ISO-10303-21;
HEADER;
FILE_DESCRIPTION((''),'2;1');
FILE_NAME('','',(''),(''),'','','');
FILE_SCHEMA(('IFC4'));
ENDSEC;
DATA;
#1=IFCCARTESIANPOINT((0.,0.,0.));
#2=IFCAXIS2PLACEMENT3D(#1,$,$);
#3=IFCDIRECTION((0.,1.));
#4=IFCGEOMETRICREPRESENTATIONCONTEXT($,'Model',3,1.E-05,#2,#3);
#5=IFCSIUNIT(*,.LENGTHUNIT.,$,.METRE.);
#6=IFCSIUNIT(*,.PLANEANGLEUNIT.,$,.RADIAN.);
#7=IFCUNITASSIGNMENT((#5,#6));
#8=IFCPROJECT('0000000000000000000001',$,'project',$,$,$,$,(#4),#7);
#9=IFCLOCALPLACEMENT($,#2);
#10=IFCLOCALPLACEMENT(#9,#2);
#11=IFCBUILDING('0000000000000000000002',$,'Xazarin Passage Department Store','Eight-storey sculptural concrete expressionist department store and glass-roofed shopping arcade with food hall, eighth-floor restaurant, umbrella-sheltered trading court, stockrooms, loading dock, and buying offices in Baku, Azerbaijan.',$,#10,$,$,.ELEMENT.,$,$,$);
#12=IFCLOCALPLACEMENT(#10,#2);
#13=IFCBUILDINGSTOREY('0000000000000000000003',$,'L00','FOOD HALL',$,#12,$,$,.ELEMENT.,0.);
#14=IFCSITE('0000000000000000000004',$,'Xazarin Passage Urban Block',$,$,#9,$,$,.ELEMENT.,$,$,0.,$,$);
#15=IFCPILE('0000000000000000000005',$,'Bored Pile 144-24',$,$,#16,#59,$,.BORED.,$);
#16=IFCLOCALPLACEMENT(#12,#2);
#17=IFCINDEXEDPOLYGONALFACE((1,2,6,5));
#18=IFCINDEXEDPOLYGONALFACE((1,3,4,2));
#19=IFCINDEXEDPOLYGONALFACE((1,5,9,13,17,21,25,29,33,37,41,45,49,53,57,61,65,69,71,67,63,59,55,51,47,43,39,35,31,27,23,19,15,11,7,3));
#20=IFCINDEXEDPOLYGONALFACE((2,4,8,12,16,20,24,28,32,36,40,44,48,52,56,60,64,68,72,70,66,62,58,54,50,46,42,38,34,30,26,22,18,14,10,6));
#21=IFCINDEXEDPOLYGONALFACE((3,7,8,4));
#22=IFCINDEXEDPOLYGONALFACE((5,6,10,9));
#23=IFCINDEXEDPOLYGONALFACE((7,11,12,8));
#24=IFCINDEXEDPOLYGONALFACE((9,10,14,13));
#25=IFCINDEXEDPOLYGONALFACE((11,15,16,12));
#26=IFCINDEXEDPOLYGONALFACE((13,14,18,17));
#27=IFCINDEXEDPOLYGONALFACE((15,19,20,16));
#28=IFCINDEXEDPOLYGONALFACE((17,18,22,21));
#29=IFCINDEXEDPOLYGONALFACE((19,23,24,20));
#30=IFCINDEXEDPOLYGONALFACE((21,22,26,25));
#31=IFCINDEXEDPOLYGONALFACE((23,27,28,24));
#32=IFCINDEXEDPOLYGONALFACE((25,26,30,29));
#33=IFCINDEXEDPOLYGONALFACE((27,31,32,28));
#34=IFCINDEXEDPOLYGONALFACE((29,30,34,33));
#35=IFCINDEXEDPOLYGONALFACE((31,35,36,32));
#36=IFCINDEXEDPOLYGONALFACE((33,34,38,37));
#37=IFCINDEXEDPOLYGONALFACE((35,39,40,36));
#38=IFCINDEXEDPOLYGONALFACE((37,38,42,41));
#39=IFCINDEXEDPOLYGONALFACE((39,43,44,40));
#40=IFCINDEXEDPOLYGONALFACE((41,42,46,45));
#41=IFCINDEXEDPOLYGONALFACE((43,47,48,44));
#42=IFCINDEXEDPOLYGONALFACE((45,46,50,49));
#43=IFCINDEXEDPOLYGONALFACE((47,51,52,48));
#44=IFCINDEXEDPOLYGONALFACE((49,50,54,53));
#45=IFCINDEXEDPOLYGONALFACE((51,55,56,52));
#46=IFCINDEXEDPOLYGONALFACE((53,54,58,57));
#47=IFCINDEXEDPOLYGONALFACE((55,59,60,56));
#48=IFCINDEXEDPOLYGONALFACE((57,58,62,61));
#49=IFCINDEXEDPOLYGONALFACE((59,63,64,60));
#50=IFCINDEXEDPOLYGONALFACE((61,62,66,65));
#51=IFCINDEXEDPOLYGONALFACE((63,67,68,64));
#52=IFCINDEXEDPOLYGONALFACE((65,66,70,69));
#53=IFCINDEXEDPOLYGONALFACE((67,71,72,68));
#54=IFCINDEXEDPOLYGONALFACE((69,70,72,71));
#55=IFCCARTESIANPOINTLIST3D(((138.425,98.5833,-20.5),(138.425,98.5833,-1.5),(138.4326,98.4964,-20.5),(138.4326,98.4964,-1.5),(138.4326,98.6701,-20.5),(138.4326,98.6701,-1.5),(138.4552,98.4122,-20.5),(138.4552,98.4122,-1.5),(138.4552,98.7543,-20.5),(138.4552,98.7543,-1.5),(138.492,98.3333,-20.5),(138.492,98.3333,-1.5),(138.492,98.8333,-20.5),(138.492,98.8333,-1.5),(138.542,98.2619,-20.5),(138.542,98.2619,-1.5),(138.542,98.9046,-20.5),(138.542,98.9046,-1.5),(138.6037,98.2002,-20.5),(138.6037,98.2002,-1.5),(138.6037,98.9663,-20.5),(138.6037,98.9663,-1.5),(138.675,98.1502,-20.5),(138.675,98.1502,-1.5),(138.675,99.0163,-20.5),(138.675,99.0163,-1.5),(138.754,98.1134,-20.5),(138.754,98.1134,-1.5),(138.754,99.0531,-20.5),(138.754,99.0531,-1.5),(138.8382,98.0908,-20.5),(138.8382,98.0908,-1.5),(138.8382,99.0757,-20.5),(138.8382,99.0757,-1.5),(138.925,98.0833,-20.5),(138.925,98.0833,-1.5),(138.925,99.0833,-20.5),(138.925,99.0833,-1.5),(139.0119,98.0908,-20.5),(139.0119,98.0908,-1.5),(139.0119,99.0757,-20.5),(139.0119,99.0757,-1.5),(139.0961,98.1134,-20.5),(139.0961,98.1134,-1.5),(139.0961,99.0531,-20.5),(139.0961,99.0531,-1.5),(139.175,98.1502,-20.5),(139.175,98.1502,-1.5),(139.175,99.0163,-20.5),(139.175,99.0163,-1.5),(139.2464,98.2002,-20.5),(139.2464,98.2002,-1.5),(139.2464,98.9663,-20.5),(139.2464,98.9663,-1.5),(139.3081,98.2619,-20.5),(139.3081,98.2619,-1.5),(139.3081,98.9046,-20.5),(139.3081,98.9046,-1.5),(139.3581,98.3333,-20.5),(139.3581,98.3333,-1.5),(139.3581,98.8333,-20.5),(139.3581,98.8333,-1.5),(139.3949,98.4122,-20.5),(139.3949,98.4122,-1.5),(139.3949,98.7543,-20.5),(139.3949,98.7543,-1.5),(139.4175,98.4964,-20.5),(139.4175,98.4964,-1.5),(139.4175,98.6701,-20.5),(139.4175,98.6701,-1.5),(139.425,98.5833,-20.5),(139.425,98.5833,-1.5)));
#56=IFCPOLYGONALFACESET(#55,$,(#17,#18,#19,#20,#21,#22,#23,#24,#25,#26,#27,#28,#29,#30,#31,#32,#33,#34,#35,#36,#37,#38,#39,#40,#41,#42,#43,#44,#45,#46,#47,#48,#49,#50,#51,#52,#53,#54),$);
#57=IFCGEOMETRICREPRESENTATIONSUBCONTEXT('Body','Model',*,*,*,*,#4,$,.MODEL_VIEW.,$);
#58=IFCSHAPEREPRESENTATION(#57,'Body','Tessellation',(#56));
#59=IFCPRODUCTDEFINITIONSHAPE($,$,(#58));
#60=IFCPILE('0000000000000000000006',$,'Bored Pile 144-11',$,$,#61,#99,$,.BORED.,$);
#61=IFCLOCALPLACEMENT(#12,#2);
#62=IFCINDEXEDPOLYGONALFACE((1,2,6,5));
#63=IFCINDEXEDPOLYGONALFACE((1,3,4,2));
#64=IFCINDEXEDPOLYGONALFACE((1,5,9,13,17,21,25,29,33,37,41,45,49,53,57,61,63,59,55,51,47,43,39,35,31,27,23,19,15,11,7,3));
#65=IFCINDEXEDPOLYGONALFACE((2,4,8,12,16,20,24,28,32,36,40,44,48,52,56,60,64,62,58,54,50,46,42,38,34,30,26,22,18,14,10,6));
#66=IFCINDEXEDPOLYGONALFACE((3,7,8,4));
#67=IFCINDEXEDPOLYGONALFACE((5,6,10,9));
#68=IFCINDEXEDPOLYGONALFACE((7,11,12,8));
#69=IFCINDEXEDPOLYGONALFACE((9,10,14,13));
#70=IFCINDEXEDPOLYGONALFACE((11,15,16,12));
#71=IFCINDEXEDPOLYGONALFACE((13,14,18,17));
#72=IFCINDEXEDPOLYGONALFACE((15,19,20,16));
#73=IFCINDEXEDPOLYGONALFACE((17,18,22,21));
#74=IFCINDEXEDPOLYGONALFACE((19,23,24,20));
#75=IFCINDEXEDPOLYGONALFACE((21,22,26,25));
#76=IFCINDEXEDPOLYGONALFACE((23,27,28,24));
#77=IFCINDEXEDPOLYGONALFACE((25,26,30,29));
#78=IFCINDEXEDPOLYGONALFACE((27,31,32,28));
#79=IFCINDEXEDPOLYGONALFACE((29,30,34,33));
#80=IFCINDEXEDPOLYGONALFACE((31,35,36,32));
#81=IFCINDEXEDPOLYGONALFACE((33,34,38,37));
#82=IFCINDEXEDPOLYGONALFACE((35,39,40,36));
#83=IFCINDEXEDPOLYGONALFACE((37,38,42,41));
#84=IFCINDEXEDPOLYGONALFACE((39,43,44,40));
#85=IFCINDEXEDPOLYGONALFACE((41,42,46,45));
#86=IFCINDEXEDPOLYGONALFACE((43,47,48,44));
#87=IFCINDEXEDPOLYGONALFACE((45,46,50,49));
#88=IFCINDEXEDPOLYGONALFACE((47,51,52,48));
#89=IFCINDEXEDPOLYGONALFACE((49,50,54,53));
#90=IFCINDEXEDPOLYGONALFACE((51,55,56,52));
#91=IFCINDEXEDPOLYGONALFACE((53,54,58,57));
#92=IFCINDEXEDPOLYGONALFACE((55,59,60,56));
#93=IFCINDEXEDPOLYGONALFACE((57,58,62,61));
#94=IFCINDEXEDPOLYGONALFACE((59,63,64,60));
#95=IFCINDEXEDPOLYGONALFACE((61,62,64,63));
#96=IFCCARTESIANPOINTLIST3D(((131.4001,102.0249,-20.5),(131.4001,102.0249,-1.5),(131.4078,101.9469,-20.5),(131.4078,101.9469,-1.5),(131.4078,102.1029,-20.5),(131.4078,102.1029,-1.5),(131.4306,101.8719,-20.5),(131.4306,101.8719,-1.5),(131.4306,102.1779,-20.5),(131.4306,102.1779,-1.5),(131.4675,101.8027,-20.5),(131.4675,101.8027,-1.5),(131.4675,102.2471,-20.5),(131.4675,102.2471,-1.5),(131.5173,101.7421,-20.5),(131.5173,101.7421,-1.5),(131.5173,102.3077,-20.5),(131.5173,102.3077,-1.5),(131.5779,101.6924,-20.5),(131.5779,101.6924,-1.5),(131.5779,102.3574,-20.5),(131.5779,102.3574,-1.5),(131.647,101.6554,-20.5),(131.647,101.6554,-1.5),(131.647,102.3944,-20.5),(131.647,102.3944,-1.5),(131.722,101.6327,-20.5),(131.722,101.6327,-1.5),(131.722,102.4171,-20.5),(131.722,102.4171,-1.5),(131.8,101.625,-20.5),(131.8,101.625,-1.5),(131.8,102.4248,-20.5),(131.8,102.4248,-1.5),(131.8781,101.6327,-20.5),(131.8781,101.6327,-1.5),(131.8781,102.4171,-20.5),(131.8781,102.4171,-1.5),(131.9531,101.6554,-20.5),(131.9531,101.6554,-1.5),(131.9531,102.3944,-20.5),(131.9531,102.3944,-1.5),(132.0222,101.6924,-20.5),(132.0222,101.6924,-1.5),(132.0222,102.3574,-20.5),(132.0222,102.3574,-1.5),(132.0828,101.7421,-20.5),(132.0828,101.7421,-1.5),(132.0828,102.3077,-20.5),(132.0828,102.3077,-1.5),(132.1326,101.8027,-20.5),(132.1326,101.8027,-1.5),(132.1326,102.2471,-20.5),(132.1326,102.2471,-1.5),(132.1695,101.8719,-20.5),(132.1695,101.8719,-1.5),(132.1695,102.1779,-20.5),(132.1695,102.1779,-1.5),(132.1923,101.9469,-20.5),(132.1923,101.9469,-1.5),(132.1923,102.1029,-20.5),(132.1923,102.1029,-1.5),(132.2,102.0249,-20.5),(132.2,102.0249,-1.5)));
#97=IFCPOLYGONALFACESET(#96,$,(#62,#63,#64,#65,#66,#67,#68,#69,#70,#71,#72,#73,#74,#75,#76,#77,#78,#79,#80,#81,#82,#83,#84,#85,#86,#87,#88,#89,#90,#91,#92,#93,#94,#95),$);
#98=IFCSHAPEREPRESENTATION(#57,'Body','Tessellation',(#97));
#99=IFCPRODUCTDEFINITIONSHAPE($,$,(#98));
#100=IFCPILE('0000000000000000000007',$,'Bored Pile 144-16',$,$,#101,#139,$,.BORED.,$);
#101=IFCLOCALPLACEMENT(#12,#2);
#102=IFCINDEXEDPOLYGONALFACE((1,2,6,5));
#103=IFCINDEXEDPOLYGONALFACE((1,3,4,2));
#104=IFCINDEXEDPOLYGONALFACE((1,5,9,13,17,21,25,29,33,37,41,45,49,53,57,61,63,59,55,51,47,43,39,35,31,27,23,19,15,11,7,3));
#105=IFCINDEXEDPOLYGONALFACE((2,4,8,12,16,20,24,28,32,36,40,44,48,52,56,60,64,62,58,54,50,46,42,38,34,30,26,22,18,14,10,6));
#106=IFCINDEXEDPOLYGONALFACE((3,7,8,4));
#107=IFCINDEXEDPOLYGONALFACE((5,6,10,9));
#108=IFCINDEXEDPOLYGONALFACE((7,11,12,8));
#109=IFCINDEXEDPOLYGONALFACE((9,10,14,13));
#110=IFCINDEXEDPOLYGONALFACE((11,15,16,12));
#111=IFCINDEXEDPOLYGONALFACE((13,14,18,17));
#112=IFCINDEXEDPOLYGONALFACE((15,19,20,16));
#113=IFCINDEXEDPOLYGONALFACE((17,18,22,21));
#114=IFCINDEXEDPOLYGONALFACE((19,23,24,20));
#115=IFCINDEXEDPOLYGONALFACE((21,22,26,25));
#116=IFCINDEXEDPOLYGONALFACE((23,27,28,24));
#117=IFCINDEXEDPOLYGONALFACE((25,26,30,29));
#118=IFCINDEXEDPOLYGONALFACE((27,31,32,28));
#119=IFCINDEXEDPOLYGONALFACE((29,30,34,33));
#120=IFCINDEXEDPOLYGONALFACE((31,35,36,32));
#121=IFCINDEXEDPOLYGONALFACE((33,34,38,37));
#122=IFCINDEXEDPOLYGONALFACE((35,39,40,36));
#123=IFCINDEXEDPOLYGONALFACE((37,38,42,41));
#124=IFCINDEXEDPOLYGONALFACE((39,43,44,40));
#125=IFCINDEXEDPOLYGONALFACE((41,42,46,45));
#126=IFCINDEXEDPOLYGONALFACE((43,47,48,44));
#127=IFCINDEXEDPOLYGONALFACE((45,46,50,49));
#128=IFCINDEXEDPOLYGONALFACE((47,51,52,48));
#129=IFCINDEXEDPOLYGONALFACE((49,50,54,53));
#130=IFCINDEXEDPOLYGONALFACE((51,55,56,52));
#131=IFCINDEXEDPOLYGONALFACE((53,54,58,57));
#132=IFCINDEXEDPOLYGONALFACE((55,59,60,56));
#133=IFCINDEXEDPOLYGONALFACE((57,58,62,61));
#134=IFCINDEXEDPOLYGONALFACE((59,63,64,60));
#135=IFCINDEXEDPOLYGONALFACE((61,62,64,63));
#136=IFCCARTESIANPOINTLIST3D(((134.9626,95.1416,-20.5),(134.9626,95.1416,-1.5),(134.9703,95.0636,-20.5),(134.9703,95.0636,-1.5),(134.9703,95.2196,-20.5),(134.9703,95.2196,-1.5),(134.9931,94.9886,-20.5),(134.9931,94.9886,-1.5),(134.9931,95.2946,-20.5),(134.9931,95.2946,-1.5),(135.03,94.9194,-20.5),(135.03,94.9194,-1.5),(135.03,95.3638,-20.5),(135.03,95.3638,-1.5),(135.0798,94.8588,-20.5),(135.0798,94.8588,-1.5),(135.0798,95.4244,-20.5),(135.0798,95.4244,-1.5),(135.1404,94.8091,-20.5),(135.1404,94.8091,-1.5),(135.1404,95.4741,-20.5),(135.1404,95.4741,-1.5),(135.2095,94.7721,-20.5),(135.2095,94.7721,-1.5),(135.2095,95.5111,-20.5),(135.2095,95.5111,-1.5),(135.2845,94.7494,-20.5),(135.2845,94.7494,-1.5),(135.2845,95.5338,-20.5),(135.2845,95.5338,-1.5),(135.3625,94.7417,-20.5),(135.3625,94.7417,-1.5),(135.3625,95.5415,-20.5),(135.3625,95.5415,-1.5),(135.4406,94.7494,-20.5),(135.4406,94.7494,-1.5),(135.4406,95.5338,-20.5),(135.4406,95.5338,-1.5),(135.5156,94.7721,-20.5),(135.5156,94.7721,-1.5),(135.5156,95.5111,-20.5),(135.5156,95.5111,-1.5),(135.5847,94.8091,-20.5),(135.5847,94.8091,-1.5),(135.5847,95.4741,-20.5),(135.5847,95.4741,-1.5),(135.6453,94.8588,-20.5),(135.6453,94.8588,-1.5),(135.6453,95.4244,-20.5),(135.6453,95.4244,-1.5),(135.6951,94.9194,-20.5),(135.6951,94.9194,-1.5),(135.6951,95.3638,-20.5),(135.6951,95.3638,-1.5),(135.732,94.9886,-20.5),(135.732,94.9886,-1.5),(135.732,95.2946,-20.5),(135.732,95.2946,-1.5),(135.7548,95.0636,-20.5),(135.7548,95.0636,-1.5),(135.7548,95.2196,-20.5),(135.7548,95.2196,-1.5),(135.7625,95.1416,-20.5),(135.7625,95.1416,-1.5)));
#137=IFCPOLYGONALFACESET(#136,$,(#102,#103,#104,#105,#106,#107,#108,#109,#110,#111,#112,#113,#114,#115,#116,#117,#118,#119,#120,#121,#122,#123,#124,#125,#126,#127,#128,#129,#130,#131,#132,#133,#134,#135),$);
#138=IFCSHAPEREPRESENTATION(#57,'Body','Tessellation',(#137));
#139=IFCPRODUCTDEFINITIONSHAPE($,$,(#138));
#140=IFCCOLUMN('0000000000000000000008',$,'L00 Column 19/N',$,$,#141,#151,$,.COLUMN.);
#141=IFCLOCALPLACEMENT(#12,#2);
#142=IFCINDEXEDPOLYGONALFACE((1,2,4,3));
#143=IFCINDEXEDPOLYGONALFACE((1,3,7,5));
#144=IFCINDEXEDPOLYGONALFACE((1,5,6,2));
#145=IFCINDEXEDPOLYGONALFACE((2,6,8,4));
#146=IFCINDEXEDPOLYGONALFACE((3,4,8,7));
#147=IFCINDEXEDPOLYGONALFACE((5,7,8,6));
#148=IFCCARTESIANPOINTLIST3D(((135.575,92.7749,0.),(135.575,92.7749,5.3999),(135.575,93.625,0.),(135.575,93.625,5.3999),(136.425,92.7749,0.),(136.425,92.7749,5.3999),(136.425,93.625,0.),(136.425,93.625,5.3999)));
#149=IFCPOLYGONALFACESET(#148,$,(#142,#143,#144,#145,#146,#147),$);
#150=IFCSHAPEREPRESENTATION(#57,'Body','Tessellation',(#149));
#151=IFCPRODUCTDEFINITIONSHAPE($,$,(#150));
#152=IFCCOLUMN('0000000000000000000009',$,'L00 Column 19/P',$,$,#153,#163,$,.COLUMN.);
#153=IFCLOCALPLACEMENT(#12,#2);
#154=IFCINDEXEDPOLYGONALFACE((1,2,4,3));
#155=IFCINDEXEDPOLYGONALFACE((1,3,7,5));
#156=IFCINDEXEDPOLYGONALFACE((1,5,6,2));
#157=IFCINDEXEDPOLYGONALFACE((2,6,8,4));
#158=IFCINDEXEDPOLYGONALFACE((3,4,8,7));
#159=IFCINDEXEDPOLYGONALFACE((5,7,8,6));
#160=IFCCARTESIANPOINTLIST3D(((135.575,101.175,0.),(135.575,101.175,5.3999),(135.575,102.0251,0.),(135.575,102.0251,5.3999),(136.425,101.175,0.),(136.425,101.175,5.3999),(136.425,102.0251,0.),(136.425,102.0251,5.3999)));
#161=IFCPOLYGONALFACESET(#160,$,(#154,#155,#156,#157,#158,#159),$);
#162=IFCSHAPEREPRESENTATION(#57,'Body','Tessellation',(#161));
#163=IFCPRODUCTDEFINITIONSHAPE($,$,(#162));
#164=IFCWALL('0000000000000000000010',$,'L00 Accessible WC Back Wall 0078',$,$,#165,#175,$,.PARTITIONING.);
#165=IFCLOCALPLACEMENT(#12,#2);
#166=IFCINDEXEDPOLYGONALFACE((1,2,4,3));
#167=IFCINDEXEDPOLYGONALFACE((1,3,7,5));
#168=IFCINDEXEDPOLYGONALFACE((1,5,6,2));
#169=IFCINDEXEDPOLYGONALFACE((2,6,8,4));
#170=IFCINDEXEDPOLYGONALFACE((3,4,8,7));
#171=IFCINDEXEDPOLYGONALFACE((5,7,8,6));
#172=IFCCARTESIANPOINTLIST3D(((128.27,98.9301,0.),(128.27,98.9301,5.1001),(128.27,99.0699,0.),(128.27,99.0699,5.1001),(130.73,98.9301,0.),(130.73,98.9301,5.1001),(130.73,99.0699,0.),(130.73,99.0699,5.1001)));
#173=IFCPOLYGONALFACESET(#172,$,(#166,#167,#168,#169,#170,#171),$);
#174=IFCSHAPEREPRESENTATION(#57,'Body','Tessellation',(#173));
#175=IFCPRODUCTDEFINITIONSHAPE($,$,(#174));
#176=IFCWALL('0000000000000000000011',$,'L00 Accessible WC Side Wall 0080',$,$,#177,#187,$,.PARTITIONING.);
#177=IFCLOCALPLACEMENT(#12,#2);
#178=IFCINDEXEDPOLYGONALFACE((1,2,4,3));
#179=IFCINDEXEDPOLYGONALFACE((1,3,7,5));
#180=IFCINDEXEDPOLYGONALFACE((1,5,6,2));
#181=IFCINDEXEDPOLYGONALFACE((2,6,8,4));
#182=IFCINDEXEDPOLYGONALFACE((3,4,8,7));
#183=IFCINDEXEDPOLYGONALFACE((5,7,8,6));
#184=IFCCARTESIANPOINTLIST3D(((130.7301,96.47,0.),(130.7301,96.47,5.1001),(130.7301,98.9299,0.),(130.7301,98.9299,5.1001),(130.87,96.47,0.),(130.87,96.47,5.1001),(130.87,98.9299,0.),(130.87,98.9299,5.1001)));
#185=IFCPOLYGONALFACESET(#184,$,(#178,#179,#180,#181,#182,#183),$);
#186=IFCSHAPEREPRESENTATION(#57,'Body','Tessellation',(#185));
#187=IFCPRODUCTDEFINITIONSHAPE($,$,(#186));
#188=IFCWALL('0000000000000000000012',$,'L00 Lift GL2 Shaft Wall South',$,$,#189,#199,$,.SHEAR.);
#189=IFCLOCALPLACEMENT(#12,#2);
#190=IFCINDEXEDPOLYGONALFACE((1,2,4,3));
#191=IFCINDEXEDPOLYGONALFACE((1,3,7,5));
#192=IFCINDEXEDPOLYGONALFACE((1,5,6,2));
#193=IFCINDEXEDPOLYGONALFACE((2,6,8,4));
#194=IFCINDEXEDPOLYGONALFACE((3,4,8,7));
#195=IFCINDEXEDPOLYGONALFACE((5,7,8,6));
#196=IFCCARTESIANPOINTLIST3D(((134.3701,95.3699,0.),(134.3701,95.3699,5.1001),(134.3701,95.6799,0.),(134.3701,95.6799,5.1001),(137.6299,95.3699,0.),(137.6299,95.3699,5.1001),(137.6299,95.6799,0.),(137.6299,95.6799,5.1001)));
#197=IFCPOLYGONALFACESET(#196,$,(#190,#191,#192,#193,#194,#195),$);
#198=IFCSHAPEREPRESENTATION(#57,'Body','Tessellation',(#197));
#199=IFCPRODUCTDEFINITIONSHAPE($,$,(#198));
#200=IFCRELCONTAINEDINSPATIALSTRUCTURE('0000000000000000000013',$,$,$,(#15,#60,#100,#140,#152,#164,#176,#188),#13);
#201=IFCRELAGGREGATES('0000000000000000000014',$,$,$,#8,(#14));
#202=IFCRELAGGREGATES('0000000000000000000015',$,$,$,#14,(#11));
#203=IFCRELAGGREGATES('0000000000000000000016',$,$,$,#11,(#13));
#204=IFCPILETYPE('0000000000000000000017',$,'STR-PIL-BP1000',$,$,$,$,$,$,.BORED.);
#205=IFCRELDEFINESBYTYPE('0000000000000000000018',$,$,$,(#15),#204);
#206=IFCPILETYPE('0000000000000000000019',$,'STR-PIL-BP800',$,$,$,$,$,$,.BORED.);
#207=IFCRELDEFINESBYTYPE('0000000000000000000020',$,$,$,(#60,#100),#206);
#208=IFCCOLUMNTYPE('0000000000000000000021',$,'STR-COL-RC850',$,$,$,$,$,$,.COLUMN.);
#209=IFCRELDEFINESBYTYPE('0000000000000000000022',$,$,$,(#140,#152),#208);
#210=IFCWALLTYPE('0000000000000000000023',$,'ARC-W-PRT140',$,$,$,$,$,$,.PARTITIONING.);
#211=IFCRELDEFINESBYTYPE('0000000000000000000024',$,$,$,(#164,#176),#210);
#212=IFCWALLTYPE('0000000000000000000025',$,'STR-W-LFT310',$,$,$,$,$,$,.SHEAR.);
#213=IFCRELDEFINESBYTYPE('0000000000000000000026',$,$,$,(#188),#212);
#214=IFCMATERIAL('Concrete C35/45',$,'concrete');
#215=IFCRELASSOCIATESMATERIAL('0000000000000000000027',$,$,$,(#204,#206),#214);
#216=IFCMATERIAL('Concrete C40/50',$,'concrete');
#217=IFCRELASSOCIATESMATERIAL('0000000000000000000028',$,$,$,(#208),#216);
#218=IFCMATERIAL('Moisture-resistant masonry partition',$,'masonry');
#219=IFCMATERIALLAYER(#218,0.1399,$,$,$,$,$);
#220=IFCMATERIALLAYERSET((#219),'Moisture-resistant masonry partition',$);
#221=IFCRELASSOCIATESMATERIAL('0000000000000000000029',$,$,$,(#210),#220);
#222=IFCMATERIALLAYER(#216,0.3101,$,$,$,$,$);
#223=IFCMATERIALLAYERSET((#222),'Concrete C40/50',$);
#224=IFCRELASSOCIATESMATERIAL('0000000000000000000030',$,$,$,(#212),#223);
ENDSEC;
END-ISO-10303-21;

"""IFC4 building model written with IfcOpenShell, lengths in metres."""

from ifc_helpers import new_model, si_unit, direction, frame, frame_2d, origin, origin_2d, place, context, subcontext, project, spatial, rectangle, circle, extrude, material, layer, layer_set, material_profile, profile_set, type_object, element, save


model = new_model("IFC4")

# Units and contexts
model_context = context("Model", 3, precision=1e-05, world=origin(), true_north=direction((0.0, 1.0)))
body_context = subcontext(model_context, "Body", "Model", "MODEL_VIEW")
ifc_project = project(units=[si_unit("LENGTHUNIT", "METRE"), si_unit("PLANEANGLEUNIT", "RADIAN")], contexts=[model_context])

# Site, building, storey
site_placement = place(None, origin())
site = spatial("IfcSite", under=ifc_project, at=site_placement, Name="Xazarin Passage Urban Block", CompositionType="ELEMENT", RefElevation=0.0)
building_placement = place(site_placement, origin())
building = spatial("IfcBuilding", under=site, at=building_placement, Name="Xazarin Passage Department Store", Description="Eight-storey sculptural concrete expressionist department store and glass-roofed shopping arcade with food hall, eighth-floor restaurant, umbrella-sheltered trading court, stockrooms, loading dock, and buying offices in Baku, Azerbaijan.", CompositionType="ELEMENT")
storey_placement = place(building_placement, origin())
storey = spatial("IfcBuildingStorey", under=building, at=storey_placement, Name="L00", Description="FOOD HALL", CompositionType="ELEMENT", Elevation=0.0)

# Shared definitions
ifc_material_1 = material(Name="Concrete C35/45", Category="concrete")

# Piles
ifc_material_profile_1 = material_profile(ifc_material_1, circle(Radius=0.5, at=origin_2d()), Name="BP 1000")
ifc_profile_set_1 = profile_set([ifc_material_profile_1], Name="Concrete C35/45")
pile_type_1 = type_object("IfcPileType", Name="STR-PIL-BP1000", PredefinedType="BORED", material=ifc_profile_set_1)
for number, where, z_axis, x_axis, name in (
    (1, (138.925, 98.5833, -1.5), (0.0, 0.0, -1.0), (1.0, 0.0, 0.0), "Bored Pile 144-24"),
):
    element("IfcPile", number, at=place(storey_placement, frame(where, z_axis=z_axis, x_axis=x_axis)), inside=storey, type_object=pile_type_1, Name=name, PredefinedType="BORED", context=body_context, shape_type="SweptSolid", body=[
        extrude(circle(Radius=0.5, at=origin_2d()), origin(), (0.0, 0.0, 1.0), 19.0),
    ])
ifc_material_profile_2 = material_profile(ifc_material_1, circle(Radius=0.3999, at=origin_2d()), Name="BP 800")
ifc_profile_set_2 = profile_set([ifc_material_profile_2], Name="Concrete C35/45")
pile_type_2 = type_object("IfcPileType", Name="STR-PIL-BP800", PredefinedType="BORED", material=ifc_profile_set_2)
for number, where, z_axis, x_axis, name in (
    (2, (131.8, 102.0249, -1.5), (0.0, 0.0, -1.0), (1.0, 0.0, 0.0), "Bored Pile 144-11"),
    (3, (135.3625, 95.1416, -1.5), (0.0, 0.0, -1.0), (1.0, 0.0, 0.0), "Bored Pile 144-16"),
):
    element("IfcPile", number, at=place(storey_placement, frame(where, z_axis=z_axis, x_axis=x_axis)), inside=storey, type_object=pile_type_2, Name=name, PredefinedType="BORED", context=body_context, shape_type="SweptSolid", body=[
        extrude(circle(Radius=0.3999, at=origin_2d()), origin(), (0.0, 0.0, 1.0), 19.0),
    ])

# Columns
ifc_material_2 = material(Name="Concrete C40/50", Category="concrete")
ifc_material_profile_3 = material_profile(ifc_material_2, rectangle(XDim=0.8501, YDim=0.8501, at=origin_2d()), Name="RC 850x850")
ifc_profile_set_3 = profile_set([ifc_material_profile_3], Name="Concrete C40/50")
column_type = type_object("IfcColumnType", Name="STR-COL-RC850", PredefinedType="COLUMN", material=ifc_profile_set_3)
for number, where, z_axis, x_axis, name in (
    (4, (136.0, 93.2, 0.0), (0.0, 0.0, 1.0), (1.0, 0.0, 0.0), "L00 Column 19/N"),
    (5, (136.0, 101.6001, 0.0), (0.0, 0.0, 1.0), (1.0, 0.0, 0.0), "L00 Column 19/P"),
):
    element("IfcColumn", number, at=place(storey_placement, frame(where, z_axis=z_axis, x_axis=x_axis)), inside=storey, type_object=column_type, Name=name, PredefinedType="COLUMN", context=body_context, shape_type="SweptSolid", body=[
        extrude(rectangle(XDim=0.8501, YDim=0.8501, at=origin_2d()), origin(), (0.0, 0.0, 1.0), 5.3999),
    ])

# Shared definitions
ifc_material_3 = material(Name="Moisture-resistant masonry partition", Category="masonry")
ifc_layer_1 = layer(ifc_material_3, 0.1399)
ifc_layer_set_1 = layer_set([ifc_layer_1], Name="Moisture-resistant masonry partition")
wall_type_1 = type_object("IfcWallType", Name="ARC-W-PRT140", PredefinedType="PARTITIONING", material=ifc_layer_set_1)

# Walls
for number, where, z_axis, x_axis, name in (
    (6, (128.27, 99.0, 0.0), (0.0, 0.0, 1.0), (1.0, 0.0, 0.0), "L00 Accessible WC Back Wall 0078"),
    (7, (130.8, 96.47, 0.0), (0.0, 0.0, 1.0), (0.0, 1.0, 0.0), "L00 Accessible WC Side Wall 0080"),
):
    element("IfcWall", number, at=place(storey_placement, frame(where, z_axis=z_axis, x_axis=x_axis)), inside=storey, type_object=wall_type_1, Name=name, PredefinedType="PARTITIONING", context=body_context, shape_type="SweptSolid", body=[
        extrude(rectangle(XDim=2.46, YDim=0.1399, at=frame_2d((1.23, 0.0))), origin(), (0.0, 0.0, 1.0), 5.1001),
    ])
ifc_layer_2 = layer(ifc_material_2, 0.3101)
ifc_layer_set_2 = layer_set([ifc_layer_2], Name="Concrete C40/50")
wall_type_2 = type_object("IfcWallType", Name="STR-W-LFT310", PredefinedType="SHEAR", material=ifc_layer_set_2)
wall_1_placement = place(storey_placement, frame((134.3701, 95.5249, 0.0), z_axis=(0.0, 0.0, 1.0), x_axis=(1.0, 0.0, 0.0)))
element("IfcWall", 8, at=wall_1_placement, inside=storey, type_object=wall_type_2, Name="L00 Lift GL2 Shaft Wall South", PredefinedType="SHEAR", context=body_context, shape_type="SweptSolid", body=[
    extrude(rectangle(XDim=3.2598, YDim=0.3101, at=frame_2d((1.6299, 0.0))), origin(), (0.0, 0.0, 1.0), 5.1001),
])

save(model, "model.ifc")
